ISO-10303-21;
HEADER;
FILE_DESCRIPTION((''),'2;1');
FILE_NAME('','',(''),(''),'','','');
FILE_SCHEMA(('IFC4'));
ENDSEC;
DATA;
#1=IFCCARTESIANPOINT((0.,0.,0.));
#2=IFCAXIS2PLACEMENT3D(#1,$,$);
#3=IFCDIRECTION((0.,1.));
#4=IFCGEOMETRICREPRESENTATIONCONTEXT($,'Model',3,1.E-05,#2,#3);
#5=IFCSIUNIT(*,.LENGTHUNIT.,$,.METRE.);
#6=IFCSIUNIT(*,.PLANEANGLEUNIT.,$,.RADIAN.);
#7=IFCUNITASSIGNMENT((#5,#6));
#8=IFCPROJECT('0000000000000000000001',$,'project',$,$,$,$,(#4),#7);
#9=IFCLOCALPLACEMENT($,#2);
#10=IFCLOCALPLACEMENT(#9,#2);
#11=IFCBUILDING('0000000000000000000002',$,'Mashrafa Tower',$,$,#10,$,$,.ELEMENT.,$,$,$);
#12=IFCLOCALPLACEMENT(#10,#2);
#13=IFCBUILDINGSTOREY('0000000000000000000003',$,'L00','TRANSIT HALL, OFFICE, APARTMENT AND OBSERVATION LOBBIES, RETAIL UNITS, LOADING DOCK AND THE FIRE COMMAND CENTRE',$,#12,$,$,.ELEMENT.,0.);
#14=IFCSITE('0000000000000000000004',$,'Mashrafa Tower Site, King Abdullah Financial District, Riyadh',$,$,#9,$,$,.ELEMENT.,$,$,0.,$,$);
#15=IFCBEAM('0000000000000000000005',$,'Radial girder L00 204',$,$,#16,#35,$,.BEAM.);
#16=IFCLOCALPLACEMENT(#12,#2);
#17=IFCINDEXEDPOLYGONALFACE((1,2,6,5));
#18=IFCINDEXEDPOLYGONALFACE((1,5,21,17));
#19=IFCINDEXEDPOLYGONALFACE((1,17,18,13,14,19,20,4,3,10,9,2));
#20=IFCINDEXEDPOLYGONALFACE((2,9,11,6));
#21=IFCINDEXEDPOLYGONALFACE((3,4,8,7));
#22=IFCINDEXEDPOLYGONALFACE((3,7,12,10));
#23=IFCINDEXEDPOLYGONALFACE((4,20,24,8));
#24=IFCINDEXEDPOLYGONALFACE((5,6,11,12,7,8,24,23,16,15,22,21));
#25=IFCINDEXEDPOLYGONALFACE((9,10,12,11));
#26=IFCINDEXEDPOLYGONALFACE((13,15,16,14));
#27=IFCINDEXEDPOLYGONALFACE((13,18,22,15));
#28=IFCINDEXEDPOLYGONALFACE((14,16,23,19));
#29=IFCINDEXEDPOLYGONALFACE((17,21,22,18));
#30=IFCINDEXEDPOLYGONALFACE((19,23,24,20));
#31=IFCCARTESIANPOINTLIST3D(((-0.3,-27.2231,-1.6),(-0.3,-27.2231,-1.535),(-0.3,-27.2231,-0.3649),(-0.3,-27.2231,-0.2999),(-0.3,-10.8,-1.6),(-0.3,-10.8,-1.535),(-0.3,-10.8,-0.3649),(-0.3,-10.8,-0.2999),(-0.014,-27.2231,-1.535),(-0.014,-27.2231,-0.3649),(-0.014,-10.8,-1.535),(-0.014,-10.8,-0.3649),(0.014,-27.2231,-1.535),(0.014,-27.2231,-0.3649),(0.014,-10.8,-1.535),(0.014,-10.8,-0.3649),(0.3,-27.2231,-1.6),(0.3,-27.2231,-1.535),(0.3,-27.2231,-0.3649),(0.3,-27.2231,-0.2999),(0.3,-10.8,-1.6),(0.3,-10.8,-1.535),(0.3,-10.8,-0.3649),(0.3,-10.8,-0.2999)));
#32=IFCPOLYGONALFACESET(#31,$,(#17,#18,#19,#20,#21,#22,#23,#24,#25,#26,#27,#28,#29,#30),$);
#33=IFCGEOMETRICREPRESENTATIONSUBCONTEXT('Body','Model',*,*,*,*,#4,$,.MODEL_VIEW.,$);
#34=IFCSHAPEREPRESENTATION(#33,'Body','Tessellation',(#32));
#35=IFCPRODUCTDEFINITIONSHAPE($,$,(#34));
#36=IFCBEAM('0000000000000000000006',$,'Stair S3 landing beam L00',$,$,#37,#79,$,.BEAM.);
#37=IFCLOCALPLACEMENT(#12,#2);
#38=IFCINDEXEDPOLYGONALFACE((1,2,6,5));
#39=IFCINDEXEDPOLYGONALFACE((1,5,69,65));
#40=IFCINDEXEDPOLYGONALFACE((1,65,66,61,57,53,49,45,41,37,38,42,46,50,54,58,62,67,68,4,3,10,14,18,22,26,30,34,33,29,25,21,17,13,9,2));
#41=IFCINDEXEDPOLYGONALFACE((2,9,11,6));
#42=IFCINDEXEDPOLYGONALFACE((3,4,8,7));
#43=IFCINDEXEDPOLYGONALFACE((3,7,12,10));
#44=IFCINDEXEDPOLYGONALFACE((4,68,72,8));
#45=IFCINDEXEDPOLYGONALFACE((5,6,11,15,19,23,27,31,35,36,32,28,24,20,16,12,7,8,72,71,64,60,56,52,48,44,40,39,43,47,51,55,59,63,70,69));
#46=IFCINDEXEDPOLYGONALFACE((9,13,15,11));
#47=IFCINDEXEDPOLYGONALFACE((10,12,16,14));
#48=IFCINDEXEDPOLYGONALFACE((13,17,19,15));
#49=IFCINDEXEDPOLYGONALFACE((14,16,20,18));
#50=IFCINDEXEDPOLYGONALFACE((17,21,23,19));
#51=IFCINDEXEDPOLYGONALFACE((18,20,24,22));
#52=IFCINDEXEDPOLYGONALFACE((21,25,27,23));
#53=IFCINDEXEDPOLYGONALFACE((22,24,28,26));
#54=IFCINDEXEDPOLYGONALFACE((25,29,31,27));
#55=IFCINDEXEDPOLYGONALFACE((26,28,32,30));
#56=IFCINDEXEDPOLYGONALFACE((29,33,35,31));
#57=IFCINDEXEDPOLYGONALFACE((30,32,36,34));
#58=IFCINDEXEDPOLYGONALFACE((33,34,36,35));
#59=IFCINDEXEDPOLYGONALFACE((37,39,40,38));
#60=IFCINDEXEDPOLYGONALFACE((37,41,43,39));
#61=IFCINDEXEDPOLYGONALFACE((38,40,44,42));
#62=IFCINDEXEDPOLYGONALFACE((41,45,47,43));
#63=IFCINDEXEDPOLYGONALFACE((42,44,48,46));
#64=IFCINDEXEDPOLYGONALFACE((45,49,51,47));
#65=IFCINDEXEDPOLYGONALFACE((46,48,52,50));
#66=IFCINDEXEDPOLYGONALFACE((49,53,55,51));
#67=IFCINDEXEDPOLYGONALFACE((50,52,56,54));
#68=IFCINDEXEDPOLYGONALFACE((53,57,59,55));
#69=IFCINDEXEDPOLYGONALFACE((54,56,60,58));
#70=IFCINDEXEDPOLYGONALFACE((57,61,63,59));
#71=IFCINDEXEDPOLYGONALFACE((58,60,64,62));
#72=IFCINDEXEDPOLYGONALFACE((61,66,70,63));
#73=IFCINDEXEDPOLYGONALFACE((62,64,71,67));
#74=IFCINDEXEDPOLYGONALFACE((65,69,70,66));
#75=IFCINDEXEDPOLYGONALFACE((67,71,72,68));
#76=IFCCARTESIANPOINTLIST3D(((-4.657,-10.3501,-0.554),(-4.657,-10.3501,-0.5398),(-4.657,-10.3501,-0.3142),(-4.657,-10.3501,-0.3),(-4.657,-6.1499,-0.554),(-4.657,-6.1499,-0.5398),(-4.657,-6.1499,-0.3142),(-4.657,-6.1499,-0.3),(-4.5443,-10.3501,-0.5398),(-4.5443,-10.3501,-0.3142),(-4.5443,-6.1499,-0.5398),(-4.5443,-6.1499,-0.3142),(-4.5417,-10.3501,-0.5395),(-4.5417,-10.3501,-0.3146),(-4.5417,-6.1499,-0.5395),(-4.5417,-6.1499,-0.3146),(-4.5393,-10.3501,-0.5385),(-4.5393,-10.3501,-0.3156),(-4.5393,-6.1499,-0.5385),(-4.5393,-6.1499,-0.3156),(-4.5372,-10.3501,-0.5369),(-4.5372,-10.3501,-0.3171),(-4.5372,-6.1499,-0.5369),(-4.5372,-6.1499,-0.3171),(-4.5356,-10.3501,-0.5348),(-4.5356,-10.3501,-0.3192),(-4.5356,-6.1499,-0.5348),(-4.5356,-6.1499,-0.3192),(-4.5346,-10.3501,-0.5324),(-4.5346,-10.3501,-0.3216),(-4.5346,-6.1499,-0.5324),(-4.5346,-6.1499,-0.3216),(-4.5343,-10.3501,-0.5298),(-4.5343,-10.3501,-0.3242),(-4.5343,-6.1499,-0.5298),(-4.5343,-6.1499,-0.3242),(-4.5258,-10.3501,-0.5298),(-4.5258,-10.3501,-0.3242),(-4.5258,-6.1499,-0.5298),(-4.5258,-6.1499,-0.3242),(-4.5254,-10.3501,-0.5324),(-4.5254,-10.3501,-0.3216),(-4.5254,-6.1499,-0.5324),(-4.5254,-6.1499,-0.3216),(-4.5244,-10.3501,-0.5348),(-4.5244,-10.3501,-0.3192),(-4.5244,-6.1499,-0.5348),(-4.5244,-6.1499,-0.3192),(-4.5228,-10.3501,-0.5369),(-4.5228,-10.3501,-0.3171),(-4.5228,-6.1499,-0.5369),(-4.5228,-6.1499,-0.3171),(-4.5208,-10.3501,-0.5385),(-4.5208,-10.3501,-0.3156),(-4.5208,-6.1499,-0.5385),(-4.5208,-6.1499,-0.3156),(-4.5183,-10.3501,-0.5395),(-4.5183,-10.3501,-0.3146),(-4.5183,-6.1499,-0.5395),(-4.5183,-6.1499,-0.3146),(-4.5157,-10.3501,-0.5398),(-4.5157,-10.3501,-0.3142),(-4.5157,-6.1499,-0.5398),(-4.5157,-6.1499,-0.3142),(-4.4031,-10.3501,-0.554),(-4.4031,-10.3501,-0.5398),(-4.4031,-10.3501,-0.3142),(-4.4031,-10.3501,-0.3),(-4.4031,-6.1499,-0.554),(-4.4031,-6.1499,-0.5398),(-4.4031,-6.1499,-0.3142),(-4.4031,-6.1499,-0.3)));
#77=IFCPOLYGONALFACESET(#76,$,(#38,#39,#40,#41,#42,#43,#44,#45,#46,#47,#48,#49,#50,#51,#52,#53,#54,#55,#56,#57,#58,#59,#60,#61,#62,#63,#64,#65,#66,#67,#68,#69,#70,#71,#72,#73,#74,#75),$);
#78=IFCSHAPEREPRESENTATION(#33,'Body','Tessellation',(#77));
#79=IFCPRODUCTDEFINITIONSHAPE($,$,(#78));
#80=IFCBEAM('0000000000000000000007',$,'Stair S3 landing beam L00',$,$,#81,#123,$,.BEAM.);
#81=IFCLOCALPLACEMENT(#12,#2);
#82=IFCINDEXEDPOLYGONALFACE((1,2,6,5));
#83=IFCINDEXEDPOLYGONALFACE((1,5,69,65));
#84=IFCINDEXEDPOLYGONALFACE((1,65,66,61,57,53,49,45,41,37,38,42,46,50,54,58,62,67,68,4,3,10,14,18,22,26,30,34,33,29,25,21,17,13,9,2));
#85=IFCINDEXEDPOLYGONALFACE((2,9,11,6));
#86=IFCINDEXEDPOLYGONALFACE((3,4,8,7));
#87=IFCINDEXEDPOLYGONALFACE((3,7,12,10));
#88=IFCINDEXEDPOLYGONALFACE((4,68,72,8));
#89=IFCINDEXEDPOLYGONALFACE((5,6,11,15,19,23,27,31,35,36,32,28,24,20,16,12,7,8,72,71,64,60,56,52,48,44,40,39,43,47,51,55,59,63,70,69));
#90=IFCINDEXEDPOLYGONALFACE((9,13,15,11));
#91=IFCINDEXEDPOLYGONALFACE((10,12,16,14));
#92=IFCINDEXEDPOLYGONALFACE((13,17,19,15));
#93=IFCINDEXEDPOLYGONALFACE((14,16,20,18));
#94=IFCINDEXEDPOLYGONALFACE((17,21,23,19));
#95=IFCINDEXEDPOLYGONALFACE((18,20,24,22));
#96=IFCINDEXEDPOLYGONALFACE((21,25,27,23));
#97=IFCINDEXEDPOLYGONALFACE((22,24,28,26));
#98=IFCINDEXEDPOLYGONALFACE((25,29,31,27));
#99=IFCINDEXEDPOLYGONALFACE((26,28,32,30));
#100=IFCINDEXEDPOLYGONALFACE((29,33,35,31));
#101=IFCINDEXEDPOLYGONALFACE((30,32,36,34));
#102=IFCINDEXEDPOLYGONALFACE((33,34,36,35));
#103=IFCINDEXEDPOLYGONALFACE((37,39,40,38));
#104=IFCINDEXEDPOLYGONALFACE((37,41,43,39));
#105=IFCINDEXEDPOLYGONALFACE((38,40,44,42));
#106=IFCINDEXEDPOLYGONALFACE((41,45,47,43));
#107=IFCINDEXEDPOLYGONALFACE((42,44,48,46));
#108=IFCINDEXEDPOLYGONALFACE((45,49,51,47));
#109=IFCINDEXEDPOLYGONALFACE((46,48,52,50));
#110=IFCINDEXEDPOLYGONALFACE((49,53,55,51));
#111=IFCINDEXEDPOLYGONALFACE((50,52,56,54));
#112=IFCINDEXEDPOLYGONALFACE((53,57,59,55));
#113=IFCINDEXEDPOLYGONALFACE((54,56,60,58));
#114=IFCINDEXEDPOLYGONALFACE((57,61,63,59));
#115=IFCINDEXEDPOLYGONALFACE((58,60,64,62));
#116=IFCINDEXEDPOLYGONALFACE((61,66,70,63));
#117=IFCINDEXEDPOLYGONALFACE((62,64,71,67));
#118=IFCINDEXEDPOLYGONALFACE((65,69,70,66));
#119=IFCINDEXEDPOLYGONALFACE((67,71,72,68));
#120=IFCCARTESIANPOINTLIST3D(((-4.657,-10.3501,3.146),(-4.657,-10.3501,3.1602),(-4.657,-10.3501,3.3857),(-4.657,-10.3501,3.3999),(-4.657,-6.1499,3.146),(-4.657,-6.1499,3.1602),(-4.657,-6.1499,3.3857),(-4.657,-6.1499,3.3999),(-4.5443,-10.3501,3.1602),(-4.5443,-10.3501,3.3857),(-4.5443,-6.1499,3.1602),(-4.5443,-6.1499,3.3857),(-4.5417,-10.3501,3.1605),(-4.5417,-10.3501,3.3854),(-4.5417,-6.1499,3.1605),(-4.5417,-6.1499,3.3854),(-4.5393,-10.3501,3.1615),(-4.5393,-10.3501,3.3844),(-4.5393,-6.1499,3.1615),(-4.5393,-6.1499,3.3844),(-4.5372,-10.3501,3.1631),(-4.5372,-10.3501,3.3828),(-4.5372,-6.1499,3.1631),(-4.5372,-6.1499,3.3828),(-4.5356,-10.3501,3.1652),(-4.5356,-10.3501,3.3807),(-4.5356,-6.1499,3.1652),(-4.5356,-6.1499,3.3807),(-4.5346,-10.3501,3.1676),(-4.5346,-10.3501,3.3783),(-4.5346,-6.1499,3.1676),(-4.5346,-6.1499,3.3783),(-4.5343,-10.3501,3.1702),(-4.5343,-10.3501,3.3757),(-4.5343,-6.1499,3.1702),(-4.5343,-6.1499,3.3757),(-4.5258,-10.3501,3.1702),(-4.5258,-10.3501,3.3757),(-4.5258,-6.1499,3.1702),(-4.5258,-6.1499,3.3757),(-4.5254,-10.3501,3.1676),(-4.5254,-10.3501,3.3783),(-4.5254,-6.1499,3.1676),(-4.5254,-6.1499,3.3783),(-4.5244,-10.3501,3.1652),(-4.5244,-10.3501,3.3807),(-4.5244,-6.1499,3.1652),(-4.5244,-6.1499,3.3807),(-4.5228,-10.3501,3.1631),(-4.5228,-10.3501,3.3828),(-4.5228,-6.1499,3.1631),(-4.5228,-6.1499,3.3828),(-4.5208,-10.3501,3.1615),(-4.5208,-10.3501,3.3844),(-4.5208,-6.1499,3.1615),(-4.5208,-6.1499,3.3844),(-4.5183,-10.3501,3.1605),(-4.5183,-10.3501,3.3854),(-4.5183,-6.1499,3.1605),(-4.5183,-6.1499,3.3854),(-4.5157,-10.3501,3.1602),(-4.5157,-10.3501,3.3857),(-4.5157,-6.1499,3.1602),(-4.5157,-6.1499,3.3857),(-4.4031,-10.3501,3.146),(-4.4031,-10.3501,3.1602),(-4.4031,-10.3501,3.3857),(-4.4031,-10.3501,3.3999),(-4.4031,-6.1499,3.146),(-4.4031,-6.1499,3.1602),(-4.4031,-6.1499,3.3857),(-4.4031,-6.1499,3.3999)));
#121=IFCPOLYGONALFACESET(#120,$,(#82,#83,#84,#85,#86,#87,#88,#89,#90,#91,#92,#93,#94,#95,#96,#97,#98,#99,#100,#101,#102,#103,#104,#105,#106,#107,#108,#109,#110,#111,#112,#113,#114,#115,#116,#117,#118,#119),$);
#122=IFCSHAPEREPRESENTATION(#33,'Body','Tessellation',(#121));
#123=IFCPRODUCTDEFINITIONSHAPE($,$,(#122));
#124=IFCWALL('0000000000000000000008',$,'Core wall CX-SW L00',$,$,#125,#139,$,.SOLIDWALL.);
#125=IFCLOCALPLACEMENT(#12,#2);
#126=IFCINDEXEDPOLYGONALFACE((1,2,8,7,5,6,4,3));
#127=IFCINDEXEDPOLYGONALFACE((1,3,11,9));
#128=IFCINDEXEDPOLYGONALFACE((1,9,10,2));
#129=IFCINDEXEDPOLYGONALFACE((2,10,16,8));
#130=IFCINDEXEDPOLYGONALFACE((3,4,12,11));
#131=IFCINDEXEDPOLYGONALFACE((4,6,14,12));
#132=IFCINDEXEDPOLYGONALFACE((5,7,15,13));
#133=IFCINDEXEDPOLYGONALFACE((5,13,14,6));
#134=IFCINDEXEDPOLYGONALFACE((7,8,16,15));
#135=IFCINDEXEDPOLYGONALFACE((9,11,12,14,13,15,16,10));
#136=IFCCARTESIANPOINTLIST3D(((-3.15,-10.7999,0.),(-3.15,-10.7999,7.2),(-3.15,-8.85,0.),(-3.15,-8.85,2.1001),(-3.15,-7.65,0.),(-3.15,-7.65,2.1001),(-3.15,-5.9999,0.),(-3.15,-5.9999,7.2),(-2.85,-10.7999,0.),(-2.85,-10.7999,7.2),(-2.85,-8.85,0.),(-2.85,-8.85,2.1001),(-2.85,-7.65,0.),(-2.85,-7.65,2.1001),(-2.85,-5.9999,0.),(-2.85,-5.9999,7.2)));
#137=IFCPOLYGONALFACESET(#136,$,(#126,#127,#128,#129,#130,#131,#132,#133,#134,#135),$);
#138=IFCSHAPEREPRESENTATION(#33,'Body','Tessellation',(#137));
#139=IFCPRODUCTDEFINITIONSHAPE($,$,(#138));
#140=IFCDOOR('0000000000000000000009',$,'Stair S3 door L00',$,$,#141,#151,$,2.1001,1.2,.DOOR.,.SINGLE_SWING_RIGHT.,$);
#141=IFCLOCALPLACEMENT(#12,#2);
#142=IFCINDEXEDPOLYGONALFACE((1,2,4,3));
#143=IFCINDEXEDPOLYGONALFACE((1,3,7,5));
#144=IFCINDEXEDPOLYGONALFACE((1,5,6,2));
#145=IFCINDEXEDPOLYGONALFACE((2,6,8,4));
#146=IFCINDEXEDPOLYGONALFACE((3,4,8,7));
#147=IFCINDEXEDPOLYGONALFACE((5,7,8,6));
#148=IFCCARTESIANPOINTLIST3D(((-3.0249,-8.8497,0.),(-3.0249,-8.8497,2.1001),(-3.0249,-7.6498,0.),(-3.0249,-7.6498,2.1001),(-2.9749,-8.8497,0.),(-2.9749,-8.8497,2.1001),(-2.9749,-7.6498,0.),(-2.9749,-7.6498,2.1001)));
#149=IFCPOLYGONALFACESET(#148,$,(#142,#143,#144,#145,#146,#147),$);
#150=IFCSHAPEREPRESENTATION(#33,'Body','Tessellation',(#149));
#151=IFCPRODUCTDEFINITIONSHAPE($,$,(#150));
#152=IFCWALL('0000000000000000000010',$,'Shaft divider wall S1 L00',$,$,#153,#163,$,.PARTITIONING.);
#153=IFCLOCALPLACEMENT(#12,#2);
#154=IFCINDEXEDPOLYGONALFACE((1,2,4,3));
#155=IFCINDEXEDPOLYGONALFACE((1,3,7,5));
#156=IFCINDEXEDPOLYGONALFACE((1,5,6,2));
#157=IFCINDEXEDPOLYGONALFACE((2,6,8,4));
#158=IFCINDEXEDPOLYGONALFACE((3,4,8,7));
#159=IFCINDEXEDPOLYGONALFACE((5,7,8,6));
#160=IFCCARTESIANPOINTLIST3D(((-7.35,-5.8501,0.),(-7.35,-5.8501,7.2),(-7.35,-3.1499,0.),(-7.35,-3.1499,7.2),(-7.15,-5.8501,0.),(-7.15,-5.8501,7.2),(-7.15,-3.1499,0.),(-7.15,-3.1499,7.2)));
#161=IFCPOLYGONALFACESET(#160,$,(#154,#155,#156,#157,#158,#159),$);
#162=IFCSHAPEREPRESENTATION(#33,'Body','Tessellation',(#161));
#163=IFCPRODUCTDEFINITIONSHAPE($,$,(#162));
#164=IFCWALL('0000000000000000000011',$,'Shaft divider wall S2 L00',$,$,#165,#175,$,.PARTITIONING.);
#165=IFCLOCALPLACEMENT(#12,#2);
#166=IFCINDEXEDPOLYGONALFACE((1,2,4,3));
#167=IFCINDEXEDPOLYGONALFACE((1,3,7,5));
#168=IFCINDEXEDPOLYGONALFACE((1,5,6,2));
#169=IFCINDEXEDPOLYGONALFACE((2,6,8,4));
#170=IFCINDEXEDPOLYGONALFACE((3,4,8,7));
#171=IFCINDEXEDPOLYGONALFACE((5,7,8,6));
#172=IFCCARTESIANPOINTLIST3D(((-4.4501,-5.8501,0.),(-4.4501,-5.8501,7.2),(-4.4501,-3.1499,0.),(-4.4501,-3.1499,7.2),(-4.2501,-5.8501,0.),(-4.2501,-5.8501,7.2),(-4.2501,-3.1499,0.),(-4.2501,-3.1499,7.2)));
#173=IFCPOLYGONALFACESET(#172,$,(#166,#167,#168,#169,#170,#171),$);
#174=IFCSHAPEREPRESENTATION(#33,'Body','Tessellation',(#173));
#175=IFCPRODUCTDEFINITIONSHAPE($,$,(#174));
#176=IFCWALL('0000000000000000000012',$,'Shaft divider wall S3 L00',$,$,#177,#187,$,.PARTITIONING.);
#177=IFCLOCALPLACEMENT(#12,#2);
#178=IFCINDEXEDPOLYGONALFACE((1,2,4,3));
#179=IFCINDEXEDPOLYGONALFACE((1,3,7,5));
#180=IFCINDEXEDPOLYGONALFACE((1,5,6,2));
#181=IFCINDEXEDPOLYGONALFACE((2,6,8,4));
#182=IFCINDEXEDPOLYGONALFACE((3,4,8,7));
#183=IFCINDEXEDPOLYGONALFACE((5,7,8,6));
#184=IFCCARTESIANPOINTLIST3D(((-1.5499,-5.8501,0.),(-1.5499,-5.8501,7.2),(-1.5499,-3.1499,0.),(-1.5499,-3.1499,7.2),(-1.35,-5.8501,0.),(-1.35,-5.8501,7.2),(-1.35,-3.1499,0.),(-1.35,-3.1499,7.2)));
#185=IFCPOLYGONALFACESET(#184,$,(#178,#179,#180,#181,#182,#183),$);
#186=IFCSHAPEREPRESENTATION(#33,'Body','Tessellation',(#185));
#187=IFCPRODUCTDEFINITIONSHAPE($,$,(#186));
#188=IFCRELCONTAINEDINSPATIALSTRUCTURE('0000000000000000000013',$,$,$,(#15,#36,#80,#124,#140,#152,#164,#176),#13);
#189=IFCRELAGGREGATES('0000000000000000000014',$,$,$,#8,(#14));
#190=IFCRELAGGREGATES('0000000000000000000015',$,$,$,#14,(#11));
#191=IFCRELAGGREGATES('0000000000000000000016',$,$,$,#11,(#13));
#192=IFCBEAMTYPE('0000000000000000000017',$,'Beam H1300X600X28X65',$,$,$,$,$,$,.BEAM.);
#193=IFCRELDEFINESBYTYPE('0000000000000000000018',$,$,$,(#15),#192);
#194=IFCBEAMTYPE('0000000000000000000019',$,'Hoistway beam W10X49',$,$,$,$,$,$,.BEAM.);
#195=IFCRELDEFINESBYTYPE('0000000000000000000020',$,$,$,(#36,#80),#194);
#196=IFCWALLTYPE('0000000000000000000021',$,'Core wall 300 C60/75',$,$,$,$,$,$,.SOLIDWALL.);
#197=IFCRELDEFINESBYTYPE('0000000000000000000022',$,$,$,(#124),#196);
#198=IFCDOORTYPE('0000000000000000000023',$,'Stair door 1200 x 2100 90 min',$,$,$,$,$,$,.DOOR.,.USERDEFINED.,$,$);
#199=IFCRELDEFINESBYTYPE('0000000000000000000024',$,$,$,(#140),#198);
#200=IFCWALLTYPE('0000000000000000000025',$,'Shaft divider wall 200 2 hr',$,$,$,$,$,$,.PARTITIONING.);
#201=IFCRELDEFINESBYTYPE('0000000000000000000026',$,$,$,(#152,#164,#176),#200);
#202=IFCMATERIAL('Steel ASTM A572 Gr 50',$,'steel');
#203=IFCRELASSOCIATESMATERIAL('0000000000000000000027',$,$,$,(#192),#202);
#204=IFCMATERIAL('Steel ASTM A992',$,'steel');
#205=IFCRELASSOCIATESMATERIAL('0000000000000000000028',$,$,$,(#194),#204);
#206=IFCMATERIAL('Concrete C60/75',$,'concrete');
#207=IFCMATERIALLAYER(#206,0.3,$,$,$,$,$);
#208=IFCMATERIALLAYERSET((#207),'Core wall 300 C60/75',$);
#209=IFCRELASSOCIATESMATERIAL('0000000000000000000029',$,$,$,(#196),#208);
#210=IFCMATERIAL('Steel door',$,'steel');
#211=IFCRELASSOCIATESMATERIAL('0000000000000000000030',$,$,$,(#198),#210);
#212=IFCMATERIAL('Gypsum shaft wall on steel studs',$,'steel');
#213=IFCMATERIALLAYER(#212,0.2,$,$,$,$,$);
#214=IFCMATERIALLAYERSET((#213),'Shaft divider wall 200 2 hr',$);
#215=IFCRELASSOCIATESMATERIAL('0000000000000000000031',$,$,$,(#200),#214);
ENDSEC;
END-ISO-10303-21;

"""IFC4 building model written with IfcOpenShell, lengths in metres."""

from ifc_helpers import new_model, si_unit, direction, frame, frame_2d, origin, origin_2d, place, context, subcontext, project, spatial, rectangle, i_section, extrude, material, layer, layer_set, material_profile, profile_set, type_object, element, fill, save


model = new_model("IFC4")

# Units and contexts
model_context = context("Model", 3, precision=1e-05, world=origin(), true_north=direction((0.0, 1.0)))
body_context = subcontext(model_context, "Body", "Model", "MODEL_VIEW")
ifc_project = project(units=[si_unit("LENGTHUNIT", "METRE"), si_unit("PLANEANGLEUNIT", "RADIAN")], contexts=[model_context])

# Site, building, storey
site_placement = place(None, origin())
site = spatial("IfcSite", under=ifc_project, at=site_placement, Name="Mashrafa Tower Site, King Abdullah Financial District, Riyadh", CompositionType="ELEMENT", RefElevation=0.0)
building_placement = place(site_placement, origin())
building = spatial("IfcBuilding", under=site, at=building_placement, Name="Mashrafa Tower", CompositionType="ELEMENT")
storey_placement = place(building_placement, origin())
storey = spatial("IfcBuildingStorey", under=building, at=storey_placement, Name="L00", Description="TRANSIT HALL, OFFICE, APARTMENT AND OBSERVATION LOBBIES, RETAIL UNITS, LOADING DOCK AND THE FIRE COMMAND CENTRE", CompositionType="ELEMENT", Elevation=0.0)

# Beams
ifc_material_1 = material(Name="Steel ASTM A572 Gr 50", Category="steel")
ifc_material_profile_1 = material_profile(ifc_material_1, i_section(OverallWidth=0.6001, OverallDepth=1.3, WebThickness=0.0281, FlangeThickness=0.0649, at=origin_2d()), Name="H1300X600X28X65")
ifc_profile_set_1 = profile_set([ifc_material_profile_1], Name="Steel ASTM A572 Gr 50")
beam_type_1 = type_object("IfcBeamType", Name="Beam H1300X600X28X65", PredefinedType="BEAM", material=ifc_profile_set_1)
beam_placement = place(storey_placement, frame((0.0, -10.8, -0.95), z_axis=(0.0, -1.0, 0.0), x_axis=(1.0, 0.0, 0.0)))
element("IfcBeam", 1, at=beam_placement, inside=storey, type_object=beam_type_1, Name="Radial girder L00 204", PredefinedType="BEAM", context=body_context, shape_type="SweptSolid", body=[
    extrude(i_section(OverallWidth=0.6001, OverallDepth=1.3, WebThickness=0.0281, FlangeThickness=0.0649, at=origin_2d()), origin(), (0.0, 0.0, 1.0), 16.4231),
])
ifc_material_2 = material(Name="Steel ASTM A992", Category="steel")
ifc_material_profile_2 = material_profile(ifc_material_2, i_section(OverallWidth=0.2539, OverallDepth=0.2539, WebThickness=0.0085, FlangeThickness=0.0142, FilletRadius=0.01, at=origin_2d()), Name="W10X49")
ifc_profile_set_2 = profile_set([ifc_material_profile_2], Name="Steel ASTM A992")
beam_type_2 = type_object("IfcBeamType", Name="Hoistway beam W10X49", PredefinedType="BEAM", material=ifc_profile_set_2)
for number, where, z_axis, x_axis, name in (
    (2, (-4.53, -10.3501, -0.427), (0.0, 1.0, 0.0), (-1.0, 0.0, 0.0), "Stair S3 landing beam L00"),
    (3, (-4.53, -10.3501, 3.2729), (0.0, 1.0, 0.0), (-1.0, 0.0, 0.0), "Stair S3 landing beam L00"),
):
    element("IfcBeam", number, at=place(storey_placement, frame(where, z_axis=z_axis, x_axis=x_axis)), inside=storey, type_object=beam_type_2, Name=name, PredefinedType="BEAM", context=body_context, shape_type="SweptSolid", body=[
        extrude(i_section(OverallWidth=0.2539, OverallDepth=0.2539, WebThickness=0.0085, FlangeThickness=0.0142, FilletRadius=0.01, at=origin_2d()), origin(), (0.0, 0.0, 1.0), 4.2002),
    ])

# Wall, opening, door
ifc_material_3 = material(Name="Concrete C60/75", Category="concrete")
ifc_layer_1 = layer(ifc_material_3, 0.3)
ifc_layer_set_1 = layer_set([ifc_layer_1], Name="Core wall 300 C60/75")
wall_type_1 = type_object("IfcWallType", Name="Core wall 300 C60/75", PredefinedType="SOLIDWALL", material=ifc_layer_set_1)
wall_placement = place(storey_placement, frame((-3.0, -6.0, 0.0), z_axis=(0.0, 0.0, 1.0), x_axis=(0.0, -1.0, 0.0)))
wall = element("IfcWall", 4, at=wall_placement, inside=storey, type_object=wall_type_1, Name="Core wall CX-SW L00", PredefinedType="SOLIDWALL", context=body_context, shape_type="SweptSolid", body=[
    extrude(rectangle(XDim=4.8, YDim=0.3, at=frame_2d((2.3999, 0.0))), origin(), (0.0, 0.0, 1.0), 7.2),
])
opening_placement = place(wall_placement, frame((1.6499, 0.0, 0.0)))
opening = element("IfcOpeningElement", 5, at=opening_placement, cuts=wall, PredefinedType="OPENING", context=body_context, shape_type="SweptSolid", body=[
    extrude(rectangle(XDim=1.2, YDim=2.1001, at=frame_2d((0.6001, 1.05))), frame((0.0, 0.1599, 0.0), z_axis=(0.0, -1.0, 0.0), x_axis=(1.0, 0.0, 0.0)), (0.0, 0.0, 1.0), 0.3201),
])
ifc_material_4 = material(Name="Steel door", Category="steel")
door_type = type_object("IfcDoorType", Name="Stair door 1200 x 2100 90 min", OperationType="USERDEFINED", PredefinedType="DOOR", material=ifc_material_4)
door_placement = place(opening_placement, frame((1.2, 0.0, 0.0), z_axis=(0.0, 0.0, 1.0), x_axis=(-1.0, 0.0, 0.0)))
door = element("IfcDoor", 6, at=door_placement, inside=storey, type_object=door_type, Name="Stair S3 door L00", OperationType="SINGLE_SWING_RIGHT", OverallHeight=2.1001, OverallWidth=1.2, PredefinedType="DOOR", context=body_context, shape_type="SweptSolid", body=[
    extrude(rectangle(XDim=1.2, YDim=2.1001, at=frame_2d((0.6001, 1.05))), frame((0.0, 0.0249, 0.0), z_axis=(0.0, -1.0, 0.0), x_axis=(1.0, 0.0, 0.0)), (0.0, 0.0, 1.0), 0.05),
])
fill(opening, door)

# Walls
ifc_material_5 = material(Name="Gypsum shaft wall on steel studs", Category="steel")
ifc_layer_2 = layer(ifc_material_5, 0.2)
ifc_layer_set_2 = layer_set([ifc_layer_2], Name="Shaft divider wall 200 2 hr")
wall_type_2 = type_object("IfcWallType", Name="Shaft divider wall 200 2 hr", PredefinedType="PARTITIONING", material=ifc_layer_set_2)
for number, where, z_axis, x_axis, name in (
    (7, (-7.25, -5.8501, 0.0), (0.0, 0.0, 1.0), (0.0, 1.0, 0.0), "Shaft divider wall S1 L00"),
    (8, (-4.3501, -5.8501, 0.0), (0.0, 0.0, 1.0), (0.0, 1.0, 0.0), "Shaft divider wall S2 L00"),
    (9, (-1.45, -5.8501, 0.0), (0.0, 0.0, 1.0), (0.0, 1.0, 0.0), "Shaft divider wall S3 L00"),
):
    element("IfcWall", number, at=place(storey_placement, frame(where, z_axis=z_axis, x_axis=x_axis)), inside=storey, type_object=wall_type_2, Name=name, PredefinedType="PARTITIONING", context=body_context, shape_type="SweptSolid", body=[
        extrude(rectangle(XDim=2.7002, YDim=0.2, at=frame_2d((1.3501, 0.0))), origin(), (0.0, 0.0, 1.0), 7.2),
    ])

save(model, "model.ifc")
